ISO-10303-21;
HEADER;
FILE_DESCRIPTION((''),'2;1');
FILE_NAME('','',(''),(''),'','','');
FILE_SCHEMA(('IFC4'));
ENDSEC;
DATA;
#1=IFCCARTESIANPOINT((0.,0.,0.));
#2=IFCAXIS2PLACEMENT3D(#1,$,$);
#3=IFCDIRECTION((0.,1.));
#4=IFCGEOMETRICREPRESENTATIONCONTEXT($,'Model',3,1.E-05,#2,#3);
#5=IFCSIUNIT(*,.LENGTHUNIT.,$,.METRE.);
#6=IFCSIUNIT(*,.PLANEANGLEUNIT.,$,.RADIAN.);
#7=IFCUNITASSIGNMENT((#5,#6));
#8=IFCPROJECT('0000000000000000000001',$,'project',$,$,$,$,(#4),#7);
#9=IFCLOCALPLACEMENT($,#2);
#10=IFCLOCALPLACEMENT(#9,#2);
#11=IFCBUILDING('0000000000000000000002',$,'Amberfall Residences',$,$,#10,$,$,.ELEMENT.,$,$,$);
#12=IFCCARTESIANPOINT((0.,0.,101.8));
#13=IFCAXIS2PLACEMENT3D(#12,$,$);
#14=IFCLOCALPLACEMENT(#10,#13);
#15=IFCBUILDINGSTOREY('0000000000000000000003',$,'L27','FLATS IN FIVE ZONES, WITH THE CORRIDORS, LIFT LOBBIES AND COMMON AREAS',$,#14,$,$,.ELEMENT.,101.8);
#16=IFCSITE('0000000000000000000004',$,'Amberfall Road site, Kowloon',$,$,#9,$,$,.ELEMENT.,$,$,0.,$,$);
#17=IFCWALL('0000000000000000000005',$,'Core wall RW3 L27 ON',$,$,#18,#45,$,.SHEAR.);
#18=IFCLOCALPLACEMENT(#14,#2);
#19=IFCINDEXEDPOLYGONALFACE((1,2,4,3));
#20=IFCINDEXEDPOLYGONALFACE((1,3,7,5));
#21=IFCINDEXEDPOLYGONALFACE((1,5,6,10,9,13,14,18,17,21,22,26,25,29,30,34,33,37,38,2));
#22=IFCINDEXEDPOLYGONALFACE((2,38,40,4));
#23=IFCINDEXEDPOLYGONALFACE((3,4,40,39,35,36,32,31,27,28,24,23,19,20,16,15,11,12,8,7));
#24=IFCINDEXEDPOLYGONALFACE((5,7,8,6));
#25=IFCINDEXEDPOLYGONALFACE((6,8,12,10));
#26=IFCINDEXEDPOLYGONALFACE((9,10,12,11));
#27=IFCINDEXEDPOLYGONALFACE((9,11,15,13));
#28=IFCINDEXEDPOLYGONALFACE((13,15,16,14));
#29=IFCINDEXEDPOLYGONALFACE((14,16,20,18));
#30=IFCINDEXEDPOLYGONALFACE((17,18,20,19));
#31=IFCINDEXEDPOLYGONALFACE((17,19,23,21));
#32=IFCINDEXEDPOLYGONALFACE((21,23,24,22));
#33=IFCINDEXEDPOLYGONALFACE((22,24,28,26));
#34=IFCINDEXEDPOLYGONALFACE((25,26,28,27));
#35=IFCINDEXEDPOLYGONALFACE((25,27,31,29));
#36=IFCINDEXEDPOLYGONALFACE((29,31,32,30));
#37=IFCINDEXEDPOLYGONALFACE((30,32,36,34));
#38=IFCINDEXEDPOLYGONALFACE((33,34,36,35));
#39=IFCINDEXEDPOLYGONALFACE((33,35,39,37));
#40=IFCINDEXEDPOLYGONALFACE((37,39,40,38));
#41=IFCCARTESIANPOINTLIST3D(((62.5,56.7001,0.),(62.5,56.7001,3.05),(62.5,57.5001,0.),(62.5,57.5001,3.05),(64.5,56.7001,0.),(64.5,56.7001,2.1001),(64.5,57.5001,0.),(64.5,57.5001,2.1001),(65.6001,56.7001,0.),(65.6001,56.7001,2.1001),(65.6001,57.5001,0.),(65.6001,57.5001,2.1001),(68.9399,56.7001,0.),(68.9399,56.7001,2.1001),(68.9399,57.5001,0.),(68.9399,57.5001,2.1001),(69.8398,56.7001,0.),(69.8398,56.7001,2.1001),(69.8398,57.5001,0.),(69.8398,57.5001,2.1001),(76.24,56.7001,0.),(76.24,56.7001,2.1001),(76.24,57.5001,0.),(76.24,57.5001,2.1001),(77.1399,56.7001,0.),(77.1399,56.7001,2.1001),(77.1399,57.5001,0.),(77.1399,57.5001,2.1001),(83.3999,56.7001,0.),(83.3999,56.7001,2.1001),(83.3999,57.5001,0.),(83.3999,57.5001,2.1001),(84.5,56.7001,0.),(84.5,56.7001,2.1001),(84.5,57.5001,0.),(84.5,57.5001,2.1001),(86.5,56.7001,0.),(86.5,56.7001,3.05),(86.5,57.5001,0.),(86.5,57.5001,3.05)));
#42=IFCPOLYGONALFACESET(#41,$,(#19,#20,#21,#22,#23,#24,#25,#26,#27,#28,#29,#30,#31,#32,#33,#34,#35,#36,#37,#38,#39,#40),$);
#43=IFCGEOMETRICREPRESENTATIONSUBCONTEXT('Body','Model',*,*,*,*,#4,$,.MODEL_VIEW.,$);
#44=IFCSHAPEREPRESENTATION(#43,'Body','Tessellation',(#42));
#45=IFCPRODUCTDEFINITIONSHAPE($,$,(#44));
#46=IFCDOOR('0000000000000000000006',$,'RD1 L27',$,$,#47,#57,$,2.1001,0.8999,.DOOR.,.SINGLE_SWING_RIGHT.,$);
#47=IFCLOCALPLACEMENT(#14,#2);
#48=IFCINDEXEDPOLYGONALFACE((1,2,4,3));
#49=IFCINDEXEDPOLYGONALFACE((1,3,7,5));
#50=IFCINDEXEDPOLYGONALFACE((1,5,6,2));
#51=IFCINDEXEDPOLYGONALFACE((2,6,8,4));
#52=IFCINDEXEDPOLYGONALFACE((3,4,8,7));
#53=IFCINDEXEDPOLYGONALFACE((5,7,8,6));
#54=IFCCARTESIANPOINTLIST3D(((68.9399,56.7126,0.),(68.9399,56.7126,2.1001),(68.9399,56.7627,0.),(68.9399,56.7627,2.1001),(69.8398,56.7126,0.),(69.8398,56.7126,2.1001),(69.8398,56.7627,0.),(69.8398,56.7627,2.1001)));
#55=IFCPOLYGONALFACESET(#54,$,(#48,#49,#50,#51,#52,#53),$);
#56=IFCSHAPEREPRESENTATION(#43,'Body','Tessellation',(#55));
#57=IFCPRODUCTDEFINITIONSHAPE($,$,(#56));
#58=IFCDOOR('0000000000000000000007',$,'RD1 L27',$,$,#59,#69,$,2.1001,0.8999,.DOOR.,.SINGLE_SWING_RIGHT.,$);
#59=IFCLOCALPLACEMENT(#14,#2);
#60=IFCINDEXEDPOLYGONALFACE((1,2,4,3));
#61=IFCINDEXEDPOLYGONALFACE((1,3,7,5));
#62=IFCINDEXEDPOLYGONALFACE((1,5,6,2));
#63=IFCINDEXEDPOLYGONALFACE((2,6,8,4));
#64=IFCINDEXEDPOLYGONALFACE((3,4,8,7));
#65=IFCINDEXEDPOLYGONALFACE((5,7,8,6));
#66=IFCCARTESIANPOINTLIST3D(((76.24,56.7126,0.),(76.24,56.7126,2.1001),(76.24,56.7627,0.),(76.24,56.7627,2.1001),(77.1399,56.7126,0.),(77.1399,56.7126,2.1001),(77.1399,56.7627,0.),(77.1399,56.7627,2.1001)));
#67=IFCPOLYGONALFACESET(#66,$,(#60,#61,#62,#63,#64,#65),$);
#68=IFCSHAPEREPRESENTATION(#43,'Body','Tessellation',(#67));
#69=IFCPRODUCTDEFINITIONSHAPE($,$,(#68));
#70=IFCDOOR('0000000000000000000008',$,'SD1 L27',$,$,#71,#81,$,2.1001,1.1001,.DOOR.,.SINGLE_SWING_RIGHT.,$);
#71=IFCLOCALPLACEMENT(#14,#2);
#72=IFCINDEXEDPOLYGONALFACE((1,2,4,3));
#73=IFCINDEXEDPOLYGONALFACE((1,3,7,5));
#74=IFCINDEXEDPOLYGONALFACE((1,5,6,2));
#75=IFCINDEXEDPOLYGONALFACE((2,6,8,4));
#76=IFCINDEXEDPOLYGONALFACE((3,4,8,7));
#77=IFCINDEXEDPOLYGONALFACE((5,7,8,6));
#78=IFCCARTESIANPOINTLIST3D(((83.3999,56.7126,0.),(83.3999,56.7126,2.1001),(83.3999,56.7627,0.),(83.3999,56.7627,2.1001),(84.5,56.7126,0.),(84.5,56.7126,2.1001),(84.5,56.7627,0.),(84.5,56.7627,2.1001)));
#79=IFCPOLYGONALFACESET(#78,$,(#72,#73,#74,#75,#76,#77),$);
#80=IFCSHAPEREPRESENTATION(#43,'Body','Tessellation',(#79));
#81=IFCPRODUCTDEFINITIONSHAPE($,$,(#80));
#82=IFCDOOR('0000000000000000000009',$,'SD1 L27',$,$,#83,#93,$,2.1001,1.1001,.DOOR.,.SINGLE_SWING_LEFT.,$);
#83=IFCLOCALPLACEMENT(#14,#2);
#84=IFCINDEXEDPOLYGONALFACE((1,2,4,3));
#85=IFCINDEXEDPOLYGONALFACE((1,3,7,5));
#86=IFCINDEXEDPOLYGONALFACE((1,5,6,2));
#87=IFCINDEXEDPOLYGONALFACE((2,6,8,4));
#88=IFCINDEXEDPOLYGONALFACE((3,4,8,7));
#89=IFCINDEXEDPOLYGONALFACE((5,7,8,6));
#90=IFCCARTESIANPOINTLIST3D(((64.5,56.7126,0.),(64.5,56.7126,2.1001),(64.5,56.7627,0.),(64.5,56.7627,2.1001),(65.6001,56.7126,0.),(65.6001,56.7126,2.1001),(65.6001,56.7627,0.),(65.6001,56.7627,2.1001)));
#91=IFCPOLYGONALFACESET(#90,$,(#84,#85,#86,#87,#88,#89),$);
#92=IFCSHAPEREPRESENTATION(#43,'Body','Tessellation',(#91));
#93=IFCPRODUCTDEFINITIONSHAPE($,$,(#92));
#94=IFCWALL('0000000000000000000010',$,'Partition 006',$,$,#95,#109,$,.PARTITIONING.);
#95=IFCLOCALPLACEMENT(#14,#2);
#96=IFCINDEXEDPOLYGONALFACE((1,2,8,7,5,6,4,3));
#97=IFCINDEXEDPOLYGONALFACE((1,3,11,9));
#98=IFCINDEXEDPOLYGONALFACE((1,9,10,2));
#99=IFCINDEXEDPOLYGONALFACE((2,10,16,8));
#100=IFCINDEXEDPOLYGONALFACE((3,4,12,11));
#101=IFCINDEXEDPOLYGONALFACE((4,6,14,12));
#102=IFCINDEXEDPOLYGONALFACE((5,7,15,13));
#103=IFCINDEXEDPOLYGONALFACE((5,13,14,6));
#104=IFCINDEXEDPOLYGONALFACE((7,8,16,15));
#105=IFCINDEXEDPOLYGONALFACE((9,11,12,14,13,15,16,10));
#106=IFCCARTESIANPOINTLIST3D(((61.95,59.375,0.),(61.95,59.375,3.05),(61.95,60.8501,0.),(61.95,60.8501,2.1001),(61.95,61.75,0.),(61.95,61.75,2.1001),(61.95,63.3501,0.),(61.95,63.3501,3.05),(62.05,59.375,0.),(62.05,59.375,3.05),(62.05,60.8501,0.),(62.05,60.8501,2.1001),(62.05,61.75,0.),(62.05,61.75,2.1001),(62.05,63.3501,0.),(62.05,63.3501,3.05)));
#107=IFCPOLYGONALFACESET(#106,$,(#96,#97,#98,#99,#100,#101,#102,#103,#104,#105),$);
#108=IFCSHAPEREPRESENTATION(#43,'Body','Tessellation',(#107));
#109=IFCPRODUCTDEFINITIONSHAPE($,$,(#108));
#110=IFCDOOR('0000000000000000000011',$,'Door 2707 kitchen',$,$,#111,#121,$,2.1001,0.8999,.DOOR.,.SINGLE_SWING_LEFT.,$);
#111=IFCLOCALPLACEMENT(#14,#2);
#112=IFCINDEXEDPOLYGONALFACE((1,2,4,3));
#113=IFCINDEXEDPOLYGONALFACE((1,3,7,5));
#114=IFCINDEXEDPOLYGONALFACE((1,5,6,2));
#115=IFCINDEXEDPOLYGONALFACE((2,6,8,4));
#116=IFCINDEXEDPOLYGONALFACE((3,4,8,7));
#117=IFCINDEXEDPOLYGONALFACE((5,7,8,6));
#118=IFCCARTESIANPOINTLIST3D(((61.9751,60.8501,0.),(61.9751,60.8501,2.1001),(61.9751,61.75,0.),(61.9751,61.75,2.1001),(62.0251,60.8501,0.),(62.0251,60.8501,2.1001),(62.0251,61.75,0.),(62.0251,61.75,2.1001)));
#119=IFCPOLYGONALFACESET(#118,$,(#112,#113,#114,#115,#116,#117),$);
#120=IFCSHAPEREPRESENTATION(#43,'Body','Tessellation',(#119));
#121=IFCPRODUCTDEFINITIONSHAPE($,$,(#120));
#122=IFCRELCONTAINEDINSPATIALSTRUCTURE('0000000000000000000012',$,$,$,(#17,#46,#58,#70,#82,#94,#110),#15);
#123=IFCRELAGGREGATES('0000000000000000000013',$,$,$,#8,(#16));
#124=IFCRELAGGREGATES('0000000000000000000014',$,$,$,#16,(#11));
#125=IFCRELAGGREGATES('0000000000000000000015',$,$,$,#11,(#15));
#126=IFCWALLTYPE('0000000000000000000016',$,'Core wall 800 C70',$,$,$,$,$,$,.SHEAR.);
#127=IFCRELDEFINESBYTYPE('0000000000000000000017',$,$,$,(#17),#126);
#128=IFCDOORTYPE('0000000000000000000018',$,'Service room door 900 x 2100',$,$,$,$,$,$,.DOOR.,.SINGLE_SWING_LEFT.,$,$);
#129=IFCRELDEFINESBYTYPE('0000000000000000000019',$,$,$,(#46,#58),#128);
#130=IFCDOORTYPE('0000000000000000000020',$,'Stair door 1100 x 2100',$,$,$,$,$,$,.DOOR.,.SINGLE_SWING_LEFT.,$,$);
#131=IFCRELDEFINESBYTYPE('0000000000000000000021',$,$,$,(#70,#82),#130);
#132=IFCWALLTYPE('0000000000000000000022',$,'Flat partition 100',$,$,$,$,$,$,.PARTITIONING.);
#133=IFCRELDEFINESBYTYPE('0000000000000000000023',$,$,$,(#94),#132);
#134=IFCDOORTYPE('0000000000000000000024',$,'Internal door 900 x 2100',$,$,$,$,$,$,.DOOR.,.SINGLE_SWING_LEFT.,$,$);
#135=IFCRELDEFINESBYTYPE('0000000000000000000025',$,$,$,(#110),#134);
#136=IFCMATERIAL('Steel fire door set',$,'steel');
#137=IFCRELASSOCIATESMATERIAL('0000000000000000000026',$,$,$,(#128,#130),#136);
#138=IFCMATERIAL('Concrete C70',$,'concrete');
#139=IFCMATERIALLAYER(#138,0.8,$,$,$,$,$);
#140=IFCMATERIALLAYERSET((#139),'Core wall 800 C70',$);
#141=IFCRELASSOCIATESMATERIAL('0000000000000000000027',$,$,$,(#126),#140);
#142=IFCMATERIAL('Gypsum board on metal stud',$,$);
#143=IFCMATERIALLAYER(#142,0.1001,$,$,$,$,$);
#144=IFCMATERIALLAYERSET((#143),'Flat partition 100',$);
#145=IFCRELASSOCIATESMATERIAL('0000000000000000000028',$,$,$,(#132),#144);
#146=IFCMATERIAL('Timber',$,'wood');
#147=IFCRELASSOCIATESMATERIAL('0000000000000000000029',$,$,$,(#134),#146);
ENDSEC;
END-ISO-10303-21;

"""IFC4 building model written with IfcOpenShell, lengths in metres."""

from ifc_helpers import new_model, si_unit, direction, frame, frame_2d, origin, place, context, subcontext, project, spatial, rectangle, extrude, material, layer, layer_set, type_object, element, fill, save


model = new_model("IFC4")

# Units and contexts
model_context = context("Model", 3, precision=1e-05, world=origin(), true_north=direction((0.0, 1.0)))
body_context = subcontext(model_context, "Body", "Model", "MODEL_VIEW")
ifc_project = project(units=[si_unit("LENGTHUNIT", "METRE"), si_unit("PLANEANGLEUNIT", "RADIAN")], contexts=[model_context])

# Site, building, storey
site_placement = place(None, origin())
site = spatial("IfcSite", under=ifc_project, at=site_placement, Name="Amberfall Road site, Kowloon", CompositionType="ELEMENT", RefElevation=0.0)
building_placement = place(site_placement, origin())
building = spatial("IfcBuilding", under=site, at=building_placement, Name="Amberfall Residences", CompositionType="ELEMENT")
storey_placement = place(building_placement, frame((0.0, 0.0, 101.8)))
storey = spatial("IfcBuildingStorey", under=building, at=storey_placement, Name="L27", Description="FLATS IN FIVE ZONES, WITH THE CORRIDORS, LIFT LOBBIES AND COMMON AREAS", CompositionType="ELEMENT", Elevation=101.8)

# Shared definitions
ifc_material_1 = material(Name="Concrete C70", Category="concrete")
ifc_material_2 = material(Name="Steel fire door set", Category="steel")
door_type_1 = type_object("IfcDoorType", Name="Service room door 900 x 2100", OperationType="SINGLE_SWING_LEFT", PredefinedType="DOOR", material=ifc_material_2)

# Wall, openings, doors
ifc_layer_1 = layer(ifc_material_1, 0.8)
ifc_layer_set_1 = layer_set([ifc_layer_1], Name="Core wall 800 C70")
wall_type_1 = type_object("IfcWallType", Name="Core wall 800 C70", PredefinedType="SHEAR", material=ifc_layer_set_1)
wall_1_placement = place(storey_placement, frame((62.5, 57.1001, 0.0), z_axis=(0.0, 0.0, 1.0), x_axis=(1.0, 0.0, 0.0)))
wall_1 = element("IfcWall", 1, at=wall_1_placement, inside=storey, type_object=wall_type_1, Name="Core wall RW3 L27 ON", PredefinedType="SHEAR", context=body_context, shape_type="SweptSolid", body=[
    extrude(rectangle(XDim=24.0, YDim=0.8, at=frame_2d((12.0, 0.0))), origin(), (0.0, 0.0, 1.0), 3.05),
])
opening_1_placement = place(wall_1_placement, frame((20.8999, 0.0, 0.0)))
opening_1 = element("IfcOpeningElement", 2, at=opening_1_placement, cuts=wall_1, PredefinedType="OPENING", context=body_context, shape_type="SweptSolid", body=[
    extrude(rectangle(XDim=1.1001, YDim=2.1001, at=frame_2d((0.55, 1.05))), frame((0.0, 0.4099, 0.0), z_axis=(0.0, -1.0, 0.0), x_axis=(1.0, 0.0, 0.0)), (0.0, 0.0, 1.0), 0.8201),
])
opening_2_placement = place(wall_1_placement, frame((2.0, 0.0, 0.0)))
opening_2 = element("IfcOpeningElement", 3, at=opening_2_placement, cuts=wall_1, PredefinedType="OPENING", context=body_context, shape_type="SweptSolid", body=[
    extrude(rectangle(XDim=1.1001, YDim=2.1001, at=frame_2d((0.55, 1.05))), frame((0.0, 0.4099, 0.0), z_axis=(0.0, -1.0, 0.0), x_axis=(1.0, 0.0, 0.0)), (0.0, 0.0, 1.0), 0.8201),
])
opening_3_placement = place(wall_1_placement, frame((6.4399, 0.0, 0.0)))
opening_3 = element("IfcOpeningElement", 4, at=opening_3_placement, cuts=wall_1, PredefinedType="OPENING", context=body_context, shape_type="SweptSolid", body=[
    extrude(rectangle(XDim=0.8999, YDim=2.1001, at=frame_2d((0.45, 1.05))), frame((0.0, 0.4099, 0.0), z_axis=(0.0, -1.0, 0.0), x_axis=(1.0, 0.0, 0.0)), (0.0, 0.0, 1.0), 0.8201),
])
opening_4_placement = place(wall_1_placement, frame((13.74, 0.0, 0.0)))
opening_4 = element("IfcOpeningElement", 5, at=opening_4_placement, cuts=wall_1, PredefinedType="OPENING", context=body_context, shape_type="SweptSolid", body=[
    extrude(rectangle(XDim=0.8999, YDim=2.1001, at=frame_2d((0.45, 1.05))), frame((0.0, 0.4099, 0.0), z_axis=(0.0, -1.0, 0.0), x_axis=(1.0, 0.0, 0.0)), (0.0, 0.0, 1.0), 0.8201),
])
door_1_placement = place(opening_3_placement, origin())
door_1 = element("IfcDoor", 6, at=door_1_placement, inside=storey, type_object=door_type_1, Name="RD1 L27", OperationType="SINGLE_SWING_RIGHT", OverallHeight=2.1001, OverallWidth=0.8999, PredefinedType="DOOR", context=body_context, shape_type="SweptSolid", body=[
    extrude(rectangle(XDim=0.8999, YDim=2.1001, at=frame_2d((0.45, 1.05))), frame((0.0, -0.3374, 0.0), z_axis=(0.0, -1.0, 0.0), x_axis=(1.0, 0.0, 0.0)), (0.0, 0.0, 1.0), 0.05),
])
fill(opening_3, door_1)
door_2_placement = place(opening_4_placement, origin())
door_2 = element("IfcDoor", 7, at=door_2_placement, inside=storey, type_object=door_type_1, Name="RD1 L27", OperationType="SINGLE_SWING_RIGHT", OverallHeight=2.1001, OverallWidth=0.8999, PredefinedType="DOOR", context=body_context, shape_type="SweptSolid", body=[
    extrude(rectangle(XDim=0.8999, YDim=2.1001, at=frame_2d((0.45, 1.05))), frame((0.0, -0.3374, 0.0), z_axis=(0.0, -1.0, 0.0), x_axis=(1.0, 0.0, 0.0)), (0.0, 0.0, 1.0), 0.05),
])
fill(opening_4, door_2)
door_type_2 = type_object("IfcDoorType", Name="Stair door 1100 x 2100", OperationType="SINGLE_SWING_LEFT", PredefinedType="DOOR", material=ifc_material_2)
door_3_placement = place(opening_1_placement, origin())
door_3 = element("IfcDoor", 8, at=door_3_placement, inside=storey, type_object=door_type_2, Name="SD1 L27", OperationType="SINGLE_SWING_RIGHT", OverallHeight=2.1001, OverallWidth=1.1001, PredefinedType="DOOR", context=body_context, shape_type="SweptSolid", body=[
    extrude(rectangle(XDim=1.1001, YDim=2.1001, at=frame_2d((0.55, 1.05))), frame((0.0, -0.3374, 0.0), z_axis=(0.0, -1.0, 0.0), x_axis=(1.0, 0.0, 0.0)), (0.0, 0.0, 1.0), 0.05),
])
fill(opening_1, door_3)
door_4_placement = place(opening_2_placement, origin())
door_4 = element("IfcDoor", 9, at=door_4_placement, inside=storey, type_object=door_type_2, Name="SD1 L27", OperationType="SINGLE_SWING_LEFT", OverallHeight=2.1001, OverallWidth=1.1001, PredefinedType="DOOR", context=body_context, shape_type="SweptSolid", body=[
    extrude(rectangle(XDim=1.1001, YDim=2.1001, at=frame_2d((0.55, 1.05))), frame((0.0, -0.3374, 0.0), z_axis=(0.0, -1.0, 0.0), x_axis=(1.0, 0.0, 0.0)), (0.0, 0.0, 1.0), 0.05),
])
fill(opening_2, door_4)

# Wall, opening, door
ifc_material_3 = material(Name="Gypsum board on metal stud")
ifc_layer_2 = layer(ifc_material_3, 0.1001)
ifc_layer_set_2 = layer_set([ifc_layer_2], Name="Flat partition 100")
wall_type_2 = type_object("IfcWallType", Name="Flat partition 100", PredefinedType="PARTITIONING", material=ifc_layer_set_2)
wall_2_placement = place(storey_placement, frame((62.0, 59.375, 0.0), z_axis=(0.0, 0.0, 1.0), x_axis=(0.0, 1.0, 0.0)))
wall_2 = element("IfcWall", 10, at=wall_2_placement, inside=storey, type_object=wall_type_2, Name="Partition 006", PredefinedType="PARTITIONING", context=body_context, shape_type="SweptSolid", body=[
    extrude(rectangle(XDim=3.9751, YDim=0.1001, at=frame_2d((1.9875, 0.0))), origin(), (0.0, 0.0, 1.0), 3.05),
])
opening_5_placement = place(wall_2_placement, frame((1.4751, 0.0, 0.0)))
opening_5 = element("IfcOpeningElement", 11, at=opening_5_placement, cuts=wall_2, PredefinedType="OPENING", context=body_context, shape_type="SweptSolid", body=[
    extrude(rectangle(XDim=0.8999, YDim=2.1001, at=frame_2d((0.45, 1.05))), frame((0.0, 0.0601, 0.0), z_axis=(0.0, -1.0, 0.0), x_axis=(1.0, 0.0, 0.0)), (0.0, 0.0, 1.0), 0.1201),
])
ifc_material_4 = material(Name="Timber", Category="wood")
door_type_3 = type_object("IfcDoorType", Name="Internal door 900 x 2100", OperationType="SINGLE_SWING_LEFT", PredefinedType="DOOR", material=ifc_material_4)
door_5_placement = place(opening_5_placement, origin())
door_5 = element("IfcDoor", 12, at=door_5_placement, inside=storey, type_object=door_type_3, Name="Door 2707 kitchen", OperationType="SINGLE_SWING_LEFT", OverallHeight=2.1001, OverallWidth=0.8999, PredefinedType="DOOR", context=body_context, shape_type="SweptSolid", body=[
    extrude(rectangle(XDim=0.8999, YDim=2.1001, at=frame_2d((0.45, 1.05))), frame((0.0, 0.0249, 0.0), z_axis=(0.0, -1.0, 0.0), x_axis=(1.0, 0.0, 0.0)), (0.0, 0.0, 1.0), 0.05),
])
fill(opening_5, door_5)

save(model, "model.ifc")
